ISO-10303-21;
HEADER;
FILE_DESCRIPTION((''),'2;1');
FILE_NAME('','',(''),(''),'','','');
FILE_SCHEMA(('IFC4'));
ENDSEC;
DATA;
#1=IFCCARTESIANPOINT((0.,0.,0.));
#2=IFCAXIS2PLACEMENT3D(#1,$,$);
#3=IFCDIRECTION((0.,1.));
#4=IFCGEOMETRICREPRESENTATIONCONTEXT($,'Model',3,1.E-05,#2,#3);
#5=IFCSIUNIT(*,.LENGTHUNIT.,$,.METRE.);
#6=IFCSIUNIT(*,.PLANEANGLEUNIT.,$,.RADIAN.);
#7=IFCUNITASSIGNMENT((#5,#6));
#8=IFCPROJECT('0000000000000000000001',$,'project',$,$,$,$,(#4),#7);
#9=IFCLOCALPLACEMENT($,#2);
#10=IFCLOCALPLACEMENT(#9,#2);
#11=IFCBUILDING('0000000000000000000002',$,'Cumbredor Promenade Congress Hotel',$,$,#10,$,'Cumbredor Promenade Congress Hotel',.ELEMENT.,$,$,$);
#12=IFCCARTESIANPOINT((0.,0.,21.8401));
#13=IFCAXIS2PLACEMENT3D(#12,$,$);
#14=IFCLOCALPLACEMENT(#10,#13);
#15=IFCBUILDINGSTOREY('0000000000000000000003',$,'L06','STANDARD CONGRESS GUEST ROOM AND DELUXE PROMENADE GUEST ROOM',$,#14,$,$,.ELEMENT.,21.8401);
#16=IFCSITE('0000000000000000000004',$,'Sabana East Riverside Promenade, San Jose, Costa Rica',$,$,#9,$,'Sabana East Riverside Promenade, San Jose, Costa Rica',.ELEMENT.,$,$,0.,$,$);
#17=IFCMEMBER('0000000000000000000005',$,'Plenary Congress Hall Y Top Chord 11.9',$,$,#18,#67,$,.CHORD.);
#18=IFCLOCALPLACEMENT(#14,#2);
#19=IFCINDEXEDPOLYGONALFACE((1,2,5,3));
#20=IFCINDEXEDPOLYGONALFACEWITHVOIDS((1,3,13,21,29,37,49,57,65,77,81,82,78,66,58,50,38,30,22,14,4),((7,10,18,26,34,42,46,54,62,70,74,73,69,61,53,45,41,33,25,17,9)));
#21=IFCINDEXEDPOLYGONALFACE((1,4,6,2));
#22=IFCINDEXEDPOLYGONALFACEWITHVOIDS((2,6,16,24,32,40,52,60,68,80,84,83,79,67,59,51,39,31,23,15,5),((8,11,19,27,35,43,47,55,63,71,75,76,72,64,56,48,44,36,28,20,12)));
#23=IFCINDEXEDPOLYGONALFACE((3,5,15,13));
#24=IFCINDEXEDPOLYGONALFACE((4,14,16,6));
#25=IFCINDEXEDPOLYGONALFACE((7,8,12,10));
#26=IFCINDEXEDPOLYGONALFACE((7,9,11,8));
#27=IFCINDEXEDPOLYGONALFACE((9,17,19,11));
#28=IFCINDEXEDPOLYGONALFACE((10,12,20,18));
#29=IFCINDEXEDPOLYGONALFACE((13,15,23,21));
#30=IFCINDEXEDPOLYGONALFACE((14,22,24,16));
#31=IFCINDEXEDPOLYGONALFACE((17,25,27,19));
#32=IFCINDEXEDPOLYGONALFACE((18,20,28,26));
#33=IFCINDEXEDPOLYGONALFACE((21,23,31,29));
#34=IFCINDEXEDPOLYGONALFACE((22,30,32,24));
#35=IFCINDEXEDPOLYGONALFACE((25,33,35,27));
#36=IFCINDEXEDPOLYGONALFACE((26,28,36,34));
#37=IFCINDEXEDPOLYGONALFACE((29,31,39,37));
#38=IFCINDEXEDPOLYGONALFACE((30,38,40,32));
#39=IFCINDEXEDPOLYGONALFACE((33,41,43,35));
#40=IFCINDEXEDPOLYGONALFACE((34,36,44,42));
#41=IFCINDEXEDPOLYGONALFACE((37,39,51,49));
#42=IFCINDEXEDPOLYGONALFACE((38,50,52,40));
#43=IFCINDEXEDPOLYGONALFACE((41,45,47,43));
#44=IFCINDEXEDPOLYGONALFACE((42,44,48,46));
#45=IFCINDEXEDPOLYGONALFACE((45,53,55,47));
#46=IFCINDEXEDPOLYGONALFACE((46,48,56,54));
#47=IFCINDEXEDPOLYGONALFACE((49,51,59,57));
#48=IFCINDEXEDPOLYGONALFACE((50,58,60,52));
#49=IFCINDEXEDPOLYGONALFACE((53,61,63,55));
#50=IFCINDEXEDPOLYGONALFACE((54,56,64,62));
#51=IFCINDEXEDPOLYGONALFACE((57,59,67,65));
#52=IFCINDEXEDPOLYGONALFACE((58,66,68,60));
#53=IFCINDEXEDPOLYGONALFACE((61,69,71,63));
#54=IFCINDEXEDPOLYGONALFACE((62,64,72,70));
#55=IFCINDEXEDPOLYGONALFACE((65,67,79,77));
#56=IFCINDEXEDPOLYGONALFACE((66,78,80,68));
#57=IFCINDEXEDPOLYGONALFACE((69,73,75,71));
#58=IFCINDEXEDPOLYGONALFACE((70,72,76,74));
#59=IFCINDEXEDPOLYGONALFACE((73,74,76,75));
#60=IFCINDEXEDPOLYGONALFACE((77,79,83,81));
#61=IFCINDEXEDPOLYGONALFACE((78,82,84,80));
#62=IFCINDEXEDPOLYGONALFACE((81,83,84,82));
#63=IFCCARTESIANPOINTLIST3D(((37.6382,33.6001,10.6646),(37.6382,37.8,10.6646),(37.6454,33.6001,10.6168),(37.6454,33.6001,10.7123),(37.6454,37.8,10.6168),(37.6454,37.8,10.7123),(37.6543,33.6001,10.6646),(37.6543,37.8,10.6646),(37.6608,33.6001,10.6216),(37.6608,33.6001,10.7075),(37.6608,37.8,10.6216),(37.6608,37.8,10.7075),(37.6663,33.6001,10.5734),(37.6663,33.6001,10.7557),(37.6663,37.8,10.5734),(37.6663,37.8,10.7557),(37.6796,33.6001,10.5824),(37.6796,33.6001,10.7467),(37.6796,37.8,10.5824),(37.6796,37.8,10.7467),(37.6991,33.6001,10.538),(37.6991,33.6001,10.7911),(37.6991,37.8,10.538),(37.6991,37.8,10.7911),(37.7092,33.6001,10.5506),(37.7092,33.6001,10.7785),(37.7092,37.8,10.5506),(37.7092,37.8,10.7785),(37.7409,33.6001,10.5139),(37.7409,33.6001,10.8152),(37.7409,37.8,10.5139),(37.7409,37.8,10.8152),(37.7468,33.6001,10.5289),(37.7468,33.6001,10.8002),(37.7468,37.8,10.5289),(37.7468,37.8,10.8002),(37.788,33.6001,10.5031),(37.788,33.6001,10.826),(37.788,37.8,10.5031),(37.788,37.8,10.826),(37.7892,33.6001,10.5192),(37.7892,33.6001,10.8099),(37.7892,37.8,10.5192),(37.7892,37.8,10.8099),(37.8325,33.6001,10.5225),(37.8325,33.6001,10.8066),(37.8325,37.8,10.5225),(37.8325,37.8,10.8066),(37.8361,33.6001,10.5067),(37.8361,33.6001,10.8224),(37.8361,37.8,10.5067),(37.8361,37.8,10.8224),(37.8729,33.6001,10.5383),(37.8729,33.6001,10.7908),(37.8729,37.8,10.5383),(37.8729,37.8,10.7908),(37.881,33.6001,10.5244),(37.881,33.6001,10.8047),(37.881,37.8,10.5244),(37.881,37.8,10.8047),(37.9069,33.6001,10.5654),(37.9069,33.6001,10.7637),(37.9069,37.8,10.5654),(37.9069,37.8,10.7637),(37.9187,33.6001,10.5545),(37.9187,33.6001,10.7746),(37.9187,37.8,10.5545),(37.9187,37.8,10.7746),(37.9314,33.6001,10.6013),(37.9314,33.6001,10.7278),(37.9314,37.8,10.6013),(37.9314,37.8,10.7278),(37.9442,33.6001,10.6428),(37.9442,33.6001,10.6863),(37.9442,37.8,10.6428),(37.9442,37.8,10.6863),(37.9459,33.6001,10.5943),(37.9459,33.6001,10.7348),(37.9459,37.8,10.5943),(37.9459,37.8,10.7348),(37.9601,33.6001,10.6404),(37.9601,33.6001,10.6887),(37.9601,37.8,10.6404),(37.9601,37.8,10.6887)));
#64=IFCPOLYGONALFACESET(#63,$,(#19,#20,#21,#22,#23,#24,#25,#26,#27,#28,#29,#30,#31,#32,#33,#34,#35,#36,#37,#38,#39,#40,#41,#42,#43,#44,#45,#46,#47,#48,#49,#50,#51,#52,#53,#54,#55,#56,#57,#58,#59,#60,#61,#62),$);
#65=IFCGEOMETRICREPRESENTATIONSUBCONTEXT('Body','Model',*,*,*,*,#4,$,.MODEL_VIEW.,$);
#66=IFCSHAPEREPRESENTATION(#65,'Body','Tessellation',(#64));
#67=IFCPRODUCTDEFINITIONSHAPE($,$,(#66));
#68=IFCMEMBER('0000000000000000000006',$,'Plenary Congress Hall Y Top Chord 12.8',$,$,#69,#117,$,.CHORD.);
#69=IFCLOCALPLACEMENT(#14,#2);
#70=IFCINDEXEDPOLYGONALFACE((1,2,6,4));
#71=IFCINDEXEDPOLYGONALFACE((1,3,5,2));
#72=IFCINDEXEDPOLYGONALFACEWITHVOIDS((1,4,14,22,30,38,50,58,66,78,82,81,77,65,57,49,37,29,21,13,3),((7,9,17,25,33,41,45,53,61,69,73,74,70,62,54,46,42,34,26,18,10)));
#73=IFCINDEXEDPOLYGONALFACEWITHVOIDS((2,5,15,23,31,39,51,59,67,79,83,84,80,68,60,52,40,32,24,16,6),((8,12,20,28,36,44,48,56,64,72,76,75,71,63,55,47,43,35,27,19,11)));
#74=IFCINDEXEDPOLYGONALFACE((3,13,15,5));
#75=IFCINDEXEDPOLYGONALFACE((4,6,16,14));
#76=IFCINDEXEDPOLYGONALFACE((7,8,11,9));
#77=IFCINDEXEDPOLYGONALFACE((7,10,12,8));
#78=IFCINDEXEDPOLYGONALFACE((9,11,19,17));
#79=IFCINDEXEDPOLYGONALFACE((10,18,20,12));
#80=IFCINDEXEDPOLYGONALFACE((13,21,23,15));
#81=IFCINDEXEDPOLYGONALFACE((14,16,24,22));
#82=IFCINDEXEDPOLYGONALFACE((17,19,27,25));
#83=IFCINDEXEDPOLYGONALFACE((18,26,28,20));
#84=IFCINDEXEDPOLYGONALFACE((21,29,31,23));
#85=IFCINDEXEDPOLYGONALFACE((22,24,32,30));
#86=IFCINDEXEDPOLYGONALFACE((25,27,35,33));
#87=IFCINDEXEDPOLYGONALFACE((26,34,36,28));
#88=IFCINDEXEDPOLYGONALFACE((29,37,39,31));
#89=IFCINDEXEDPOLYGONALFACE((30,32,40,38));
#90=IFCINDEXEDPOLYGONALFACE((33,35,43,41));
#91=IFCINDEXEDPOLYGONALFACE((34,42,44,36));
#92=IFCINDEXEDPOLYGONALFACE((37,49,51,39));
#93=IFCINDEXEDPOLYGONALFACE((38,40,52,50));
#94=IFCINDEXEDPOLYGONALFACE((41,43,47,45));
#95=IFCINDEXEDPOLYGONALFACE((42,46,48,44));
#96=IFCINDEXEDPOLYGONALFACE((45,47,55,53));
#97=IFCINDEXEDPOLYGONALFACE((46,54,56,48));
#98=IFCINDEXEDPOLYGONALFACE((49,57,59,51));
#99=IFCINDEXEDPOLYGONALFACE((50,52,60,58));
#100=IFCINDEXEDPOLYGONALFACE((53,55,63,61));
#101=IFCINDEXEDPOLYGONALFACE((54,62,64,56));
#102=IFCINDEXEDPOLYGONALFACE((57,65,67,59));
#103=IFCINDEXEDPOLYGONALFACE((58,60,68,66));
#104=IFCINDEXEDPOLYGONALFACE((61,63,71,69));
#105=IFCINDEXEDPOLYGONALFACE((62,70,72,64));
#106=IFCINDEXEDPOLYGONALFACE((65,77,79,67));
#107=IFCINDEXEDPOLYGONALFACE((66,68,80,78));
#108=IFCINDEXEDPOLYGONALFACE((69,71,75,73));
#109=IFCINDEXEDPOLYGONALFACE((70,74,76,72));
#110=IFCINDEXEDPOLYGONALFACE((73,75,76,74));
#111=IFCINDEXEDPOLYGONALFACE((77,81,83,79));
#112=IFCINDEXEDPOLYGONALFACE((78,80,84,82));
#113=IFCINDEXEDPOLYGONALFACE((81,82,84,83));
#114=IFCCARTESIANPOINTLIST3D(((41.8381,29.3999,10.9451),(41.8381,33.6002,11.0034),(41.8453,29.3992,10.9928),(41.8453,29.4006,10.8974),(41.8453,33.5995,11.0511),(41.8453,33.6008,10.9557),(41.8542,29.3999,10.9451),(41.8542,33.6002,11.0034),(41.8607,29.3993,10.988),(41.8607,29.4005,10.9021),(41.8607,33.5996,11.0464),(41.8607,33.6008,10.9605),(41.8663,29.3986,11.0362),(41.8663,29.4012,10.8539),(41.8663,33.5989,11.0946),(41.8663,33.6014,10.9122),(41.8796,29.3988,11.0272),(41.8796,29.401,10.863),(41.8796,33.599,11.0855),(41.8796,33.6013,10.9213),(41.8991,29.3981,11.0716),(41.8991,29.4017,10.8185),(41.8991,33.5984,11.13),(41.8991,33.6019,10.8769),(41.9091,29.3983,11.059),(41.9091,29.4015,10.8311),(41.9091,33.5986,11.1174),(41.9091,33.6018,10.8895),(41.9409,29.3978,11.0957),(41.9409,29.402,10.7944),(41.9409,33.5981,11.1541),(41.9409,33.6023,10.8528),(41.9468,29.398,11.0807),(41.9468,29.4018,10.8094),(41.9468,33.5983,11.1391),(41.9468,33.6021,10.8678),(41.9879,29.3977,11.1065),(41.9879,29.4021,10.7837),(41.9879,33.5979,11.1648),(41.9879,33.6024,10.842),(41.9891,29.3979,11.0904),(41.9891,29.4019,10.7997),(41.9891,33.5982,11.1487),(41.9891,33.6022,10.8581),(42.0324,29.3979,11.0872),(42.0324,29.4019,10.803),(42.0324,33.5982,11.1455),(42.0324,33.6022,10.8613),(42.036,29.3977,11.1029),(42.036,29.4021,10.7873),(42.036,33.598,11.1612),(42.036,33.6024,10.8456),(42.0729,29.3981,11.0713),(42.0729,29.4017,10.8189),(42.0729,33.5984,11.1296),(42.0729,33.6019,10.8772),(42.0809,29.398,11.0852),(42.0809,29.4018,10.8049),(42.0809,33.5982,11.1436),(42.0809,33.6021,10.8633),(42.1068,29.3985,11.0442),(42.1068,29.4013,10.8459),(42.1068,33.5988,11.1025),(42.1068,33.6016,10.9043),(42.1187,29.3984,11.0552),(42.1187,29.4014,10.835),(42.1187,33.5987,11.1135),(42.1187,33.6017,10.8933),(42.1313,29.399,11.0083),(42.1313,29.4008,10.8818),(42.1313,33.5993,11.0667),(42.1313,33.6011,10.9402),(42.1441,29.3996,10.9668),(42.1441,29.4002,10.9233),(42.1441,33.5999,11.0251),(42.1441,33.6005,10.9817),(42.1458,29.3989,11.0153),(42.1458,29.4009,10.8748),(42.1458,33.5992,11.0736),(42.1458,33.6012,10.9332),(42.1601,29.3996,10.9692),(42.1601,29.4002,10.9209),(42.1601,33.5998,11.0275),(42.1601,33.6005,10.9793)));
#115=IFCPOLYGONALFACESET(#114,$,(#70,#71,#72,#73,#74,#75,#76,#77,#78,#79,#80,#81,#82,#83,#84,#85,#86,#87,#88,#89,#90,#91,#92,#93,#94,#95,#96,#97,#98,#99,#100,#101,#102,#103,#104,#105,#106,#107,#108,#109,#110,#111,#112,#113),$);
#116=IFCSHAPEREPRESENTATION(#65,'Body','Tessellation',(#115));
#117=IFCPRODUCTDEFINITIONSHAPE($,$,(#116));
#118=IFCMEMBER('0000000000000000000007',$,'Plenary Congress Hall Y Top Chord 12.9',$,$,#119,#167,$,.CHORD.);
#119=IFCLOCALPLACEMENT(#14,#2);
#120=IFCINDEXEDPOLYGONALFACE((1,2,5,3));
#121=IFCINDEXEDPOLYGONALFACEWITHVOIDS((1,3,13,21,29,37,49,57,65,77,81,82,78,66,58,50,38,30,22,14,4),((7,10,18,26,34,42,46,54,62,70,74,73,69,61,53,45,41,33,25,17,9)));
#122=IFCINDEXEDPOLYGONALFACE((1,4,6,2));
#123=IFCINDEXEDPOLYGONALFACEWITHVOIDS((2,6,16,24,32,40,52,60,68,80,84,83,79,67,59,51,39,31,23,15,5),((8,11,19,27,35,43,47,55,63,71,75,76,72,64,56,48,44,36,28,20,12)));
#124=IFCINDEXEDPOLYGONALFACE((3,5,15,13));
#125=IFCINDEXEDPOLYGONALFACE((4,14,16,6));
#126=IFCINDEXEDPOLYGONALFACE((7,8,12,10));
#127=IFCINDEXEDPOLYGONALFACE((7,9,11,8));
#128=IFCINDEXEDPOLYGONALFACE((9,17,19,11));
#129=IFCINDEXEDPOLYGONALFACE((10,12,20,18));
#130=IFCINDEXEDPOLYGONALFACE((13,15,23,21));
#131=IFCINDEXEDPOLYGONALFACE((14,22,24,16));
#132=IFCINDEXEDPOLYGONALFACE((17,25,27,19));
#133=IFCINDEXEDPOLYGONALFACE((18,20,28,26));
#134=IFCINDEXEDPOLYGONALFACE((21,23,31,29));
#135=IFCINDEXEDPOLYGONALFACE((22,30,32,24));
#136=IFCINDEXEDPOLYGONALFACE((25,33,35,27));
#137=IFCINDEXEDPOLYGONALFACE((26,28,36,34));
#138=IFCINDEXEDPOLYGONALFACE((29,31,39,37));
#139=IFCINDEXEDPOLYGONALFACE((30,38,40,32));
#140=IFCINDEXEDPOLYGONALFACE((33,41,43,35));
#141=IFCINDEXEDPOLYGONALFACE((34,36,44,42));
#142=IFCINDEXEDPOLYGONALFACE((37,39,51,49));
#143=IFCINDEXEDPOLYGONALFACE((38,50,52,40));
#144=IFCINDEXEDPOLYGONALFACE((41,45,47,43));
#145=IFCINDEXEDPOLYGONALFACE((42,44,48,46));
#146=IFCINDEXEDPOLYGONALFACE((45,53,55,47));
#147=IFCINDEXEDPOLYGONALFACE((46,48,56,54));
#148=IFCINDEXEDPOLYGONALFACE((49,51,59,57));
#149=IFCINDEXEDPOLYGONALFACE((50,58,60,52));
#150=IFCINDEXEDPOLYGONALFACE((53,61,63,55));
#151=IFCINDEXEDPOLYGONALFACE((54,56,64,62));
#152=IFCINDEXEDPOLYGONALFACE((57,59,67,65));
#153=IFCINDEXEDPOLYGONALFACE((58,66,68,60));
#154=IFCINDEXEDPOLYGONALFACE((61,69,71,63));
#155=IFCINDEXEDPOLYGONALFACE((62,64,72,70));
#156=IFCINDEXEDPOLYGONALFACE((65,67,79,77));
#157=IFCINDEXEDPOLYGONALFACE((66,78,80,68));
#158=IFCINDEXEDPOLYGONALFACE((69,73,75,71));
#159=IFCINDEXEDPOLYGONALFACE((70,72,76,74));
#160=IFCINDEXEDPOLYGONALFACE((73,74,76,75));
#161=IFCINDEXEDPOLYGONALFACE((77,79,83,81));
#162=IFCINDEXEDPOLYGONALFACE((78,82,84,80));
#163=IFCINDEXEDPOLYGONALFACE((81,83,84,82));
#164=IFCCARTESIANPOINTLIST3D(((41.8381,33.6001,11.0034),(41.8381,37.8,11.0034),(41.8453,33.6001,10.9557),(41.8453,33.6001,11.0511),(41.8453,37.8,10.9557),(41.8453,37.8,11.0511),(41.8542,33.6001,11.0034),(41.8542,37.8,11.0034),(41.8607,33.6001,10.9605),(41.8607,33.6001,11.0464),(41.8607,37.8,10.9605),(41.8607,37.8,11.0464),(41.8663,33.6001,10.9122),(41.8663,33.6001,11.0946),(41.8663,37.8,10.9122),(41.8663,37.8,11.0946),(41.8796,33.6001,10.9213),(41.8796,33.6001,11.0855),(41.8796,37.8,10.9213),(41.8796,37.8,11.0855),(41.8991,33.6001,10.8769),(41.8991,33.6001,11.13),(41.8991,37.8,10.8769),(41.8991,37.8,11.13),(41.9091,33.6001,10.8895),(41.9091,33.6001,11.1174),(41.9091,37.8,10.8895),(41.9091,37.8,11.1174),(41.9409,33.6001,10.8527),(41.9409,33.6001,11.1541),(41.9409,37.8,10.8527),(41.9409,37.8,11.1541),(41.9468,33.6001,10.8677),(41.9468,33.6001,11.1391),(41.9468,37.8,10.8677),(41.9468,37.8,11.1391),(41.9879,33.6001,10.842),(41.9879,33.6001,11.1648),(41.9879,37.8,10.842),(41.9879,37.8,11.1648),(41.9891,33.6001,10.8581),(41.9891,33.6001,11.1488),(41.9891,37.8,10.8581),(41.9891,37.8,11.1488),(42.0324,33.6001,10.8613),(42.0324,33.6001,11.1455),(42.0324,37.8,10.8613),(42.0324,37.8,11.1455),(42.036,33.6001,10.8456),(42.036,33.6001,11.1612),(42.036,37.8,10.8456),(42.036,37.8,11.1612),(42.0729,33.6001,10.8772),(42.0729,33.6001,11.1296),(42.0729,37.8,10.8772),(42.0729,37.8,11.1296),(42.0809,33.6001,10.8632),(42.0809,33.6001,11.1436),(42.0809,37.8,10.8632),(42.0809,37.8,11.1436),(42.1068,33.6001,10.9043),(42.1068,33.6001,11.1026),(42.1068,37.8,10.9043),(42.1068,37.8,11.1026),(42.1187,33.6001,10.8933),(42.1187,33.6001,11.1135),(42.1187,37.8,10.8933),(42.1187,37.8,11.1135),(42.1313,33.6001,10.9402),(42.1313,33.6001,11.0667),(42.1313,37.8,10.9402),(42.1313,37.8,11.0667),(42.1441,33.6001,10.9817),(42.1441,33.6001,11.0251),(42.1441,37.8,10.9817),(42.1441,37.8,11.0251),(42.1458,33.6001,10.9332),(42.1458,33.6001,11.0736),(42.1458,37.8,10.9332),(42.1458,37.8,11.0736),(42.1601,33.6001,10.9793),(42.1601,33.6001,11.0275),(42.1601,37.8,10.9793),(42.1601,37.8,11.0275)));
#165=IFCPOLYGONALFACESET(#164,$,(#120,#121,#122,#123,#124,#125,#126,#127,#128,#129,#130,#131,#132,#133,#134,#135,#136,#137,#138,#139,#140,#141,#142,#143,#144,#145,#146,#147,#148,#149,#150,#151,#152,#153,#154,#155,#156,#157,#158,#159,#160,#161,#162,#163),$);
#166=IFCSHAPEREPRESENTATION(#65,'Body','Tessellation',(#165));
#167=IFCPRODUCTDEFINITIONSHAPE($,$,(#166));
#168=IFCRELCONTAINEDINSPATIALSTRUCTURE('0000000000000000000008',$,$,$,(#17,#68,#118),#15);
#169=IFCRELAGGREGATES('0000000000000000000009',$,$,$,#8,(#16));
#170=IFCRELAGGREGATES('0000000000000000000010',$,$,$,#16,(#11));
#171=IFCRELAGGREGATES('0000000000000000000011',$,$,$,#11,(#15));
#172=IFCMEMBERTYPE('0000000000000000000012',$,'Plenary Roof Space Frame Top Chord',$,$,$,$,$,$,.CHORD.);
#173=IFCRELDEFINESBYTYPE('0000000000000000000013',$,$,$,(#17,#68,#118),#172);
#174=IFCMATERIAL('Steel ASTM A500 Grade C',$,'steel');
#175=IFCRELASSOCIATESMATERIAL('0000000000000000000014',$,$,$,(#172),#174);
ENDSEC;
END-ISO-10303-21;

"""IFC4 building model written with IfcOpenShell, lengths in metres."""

from ifc_helpers import new_model, si_unit, direction, frame, origin, origin_2d, place, context, subcontext, project, spatial, hollow_circle, extrude, material, material_profile, profile_set, type_object, element, save


model = new_model("IFC4")

# Units and contexts
model_context = context("Model", 3, precision=1e-05, world=origin(), true_north=direction((0.0, 1.0)))
body_context = subcontext(model_context, "Body", "Model", "MODEL_VIEW")
ifc_project = project(units=[si_unit("LENGTHUNIT", "METRE"), si_unit("PLANEANGLEUNIT", "RADIAN")], contexts=[model_context])

# Site, building, storey
site_placement = place(None, origin())
site = spatial("IfcSite", under=ifc_project, at=site_placement, Name="Sabana East Riverside Promenade, San Jose, Costa Rica", LongName="Sabana East Riverside Promenade, San Jose, Costa Rica", CompositionType="ELEMENT", RefElevation=0.0)
building_placement = place(site_placement, origin())
building = spatial("IfcBuilding", under=site, at=building_placement, Name="Cumbredor Promenade Congress Hotel", LongName="Cumbredor Promenade Congress Hotel", CompositionType="ELEMENT")
storey_placement = place(building_placement, frame((0.0, 0.0, 21.8401)))
storey = spatial("IfcBuildingStorey", under=building, at=storey_placement, Name="L06", Description="STANDARD CONGRESS GUEST ROOM AND DELUXE PROMENADE GUEST ROOM", CompositionType="ELEMENT", Elevation=21.8401)

# Members
ifc_material_1 = material(Name="Steel ASTM A500 Grade C", Category="steel")
ifc_material_profile_1 = material_profile(ifc_material_1, hollow_circle(Radius=0.1619, WallThickness=0.0161, at=origin_2d()), Name="CHS 323.9x16")
ifc_profile_set_1 = profile_set([ifc_material_profile_1], Name="Steel ASTM A500 Grade C")
member_type_1 = type_object("IfcMemberType", Name="Plenary Roof Space Frame Top Chord", PredefinedType="CHORD", material=ifc_profile_set_1)
member_1_placement = place(storey_placement, frame((37.8, 33.6001, 10.6646), z_axis=(0.0, 1.0, 0.0), x_axis=(-1.0, 0.0, 0.0)))
element("IfcMember", 1, at=member_1_placement, inside=storey, type_object=member_type_1, Name="Plenary Congress Hall Y Top Chord 11.9", PredefinedType="CHORD", context=body_context, shape_type="SweptSolid", body=[
    extrude(hollow_circle(Radius=0.1619, WallThickness=0.0161, at=origin_2d()), origin(), (0.0, 0.0, 1.0), 4.2),
])
member_2_placement = place(storey_placement, frame((42.0, 29.3999, 10.9451), z_axis=(0.0, 0.999904, 0.013891), x_axis=(-1.0, 0.0, 0.0)))
element("IfcMember", 2, at=member_2_placement, inside=storey, type_object=member_type_1, Name="Plenary Congress Hall Y Top Chord 12.8", PredefinedType="CHORD", context=body_context, shape_type="SweptSolid", body=[
    extrude(hollow_circle(Radius=0.1619, WallThickness=0.0161, at=origin_2d()), origin(), (0.0, 0.0, 1.0), 4.2007),
])
member_3_placement = place(storey_placement, frame((42.0, 33.6001, 11.0034), z_axis=(0.0, 1.0, 0.0), x_axis=(-1.0, 0.0, 0.0)))
element("IfcMember", 3, at=member_3_placement, inside=storey, type_object=member_type_1, Name="Plenary Congress Hall Y Top Chord 12.9", PredefinedType="CHORD", context=body_context, shape_type="SweptSolid", body=[
    extrude(hollow_circle(Radius=0.1619, WallThickness=0.0161, at=origin_2d()), origin(), (0.0, 0.0, 1.0), 4.2),
])

save(model, "model.ifc")
